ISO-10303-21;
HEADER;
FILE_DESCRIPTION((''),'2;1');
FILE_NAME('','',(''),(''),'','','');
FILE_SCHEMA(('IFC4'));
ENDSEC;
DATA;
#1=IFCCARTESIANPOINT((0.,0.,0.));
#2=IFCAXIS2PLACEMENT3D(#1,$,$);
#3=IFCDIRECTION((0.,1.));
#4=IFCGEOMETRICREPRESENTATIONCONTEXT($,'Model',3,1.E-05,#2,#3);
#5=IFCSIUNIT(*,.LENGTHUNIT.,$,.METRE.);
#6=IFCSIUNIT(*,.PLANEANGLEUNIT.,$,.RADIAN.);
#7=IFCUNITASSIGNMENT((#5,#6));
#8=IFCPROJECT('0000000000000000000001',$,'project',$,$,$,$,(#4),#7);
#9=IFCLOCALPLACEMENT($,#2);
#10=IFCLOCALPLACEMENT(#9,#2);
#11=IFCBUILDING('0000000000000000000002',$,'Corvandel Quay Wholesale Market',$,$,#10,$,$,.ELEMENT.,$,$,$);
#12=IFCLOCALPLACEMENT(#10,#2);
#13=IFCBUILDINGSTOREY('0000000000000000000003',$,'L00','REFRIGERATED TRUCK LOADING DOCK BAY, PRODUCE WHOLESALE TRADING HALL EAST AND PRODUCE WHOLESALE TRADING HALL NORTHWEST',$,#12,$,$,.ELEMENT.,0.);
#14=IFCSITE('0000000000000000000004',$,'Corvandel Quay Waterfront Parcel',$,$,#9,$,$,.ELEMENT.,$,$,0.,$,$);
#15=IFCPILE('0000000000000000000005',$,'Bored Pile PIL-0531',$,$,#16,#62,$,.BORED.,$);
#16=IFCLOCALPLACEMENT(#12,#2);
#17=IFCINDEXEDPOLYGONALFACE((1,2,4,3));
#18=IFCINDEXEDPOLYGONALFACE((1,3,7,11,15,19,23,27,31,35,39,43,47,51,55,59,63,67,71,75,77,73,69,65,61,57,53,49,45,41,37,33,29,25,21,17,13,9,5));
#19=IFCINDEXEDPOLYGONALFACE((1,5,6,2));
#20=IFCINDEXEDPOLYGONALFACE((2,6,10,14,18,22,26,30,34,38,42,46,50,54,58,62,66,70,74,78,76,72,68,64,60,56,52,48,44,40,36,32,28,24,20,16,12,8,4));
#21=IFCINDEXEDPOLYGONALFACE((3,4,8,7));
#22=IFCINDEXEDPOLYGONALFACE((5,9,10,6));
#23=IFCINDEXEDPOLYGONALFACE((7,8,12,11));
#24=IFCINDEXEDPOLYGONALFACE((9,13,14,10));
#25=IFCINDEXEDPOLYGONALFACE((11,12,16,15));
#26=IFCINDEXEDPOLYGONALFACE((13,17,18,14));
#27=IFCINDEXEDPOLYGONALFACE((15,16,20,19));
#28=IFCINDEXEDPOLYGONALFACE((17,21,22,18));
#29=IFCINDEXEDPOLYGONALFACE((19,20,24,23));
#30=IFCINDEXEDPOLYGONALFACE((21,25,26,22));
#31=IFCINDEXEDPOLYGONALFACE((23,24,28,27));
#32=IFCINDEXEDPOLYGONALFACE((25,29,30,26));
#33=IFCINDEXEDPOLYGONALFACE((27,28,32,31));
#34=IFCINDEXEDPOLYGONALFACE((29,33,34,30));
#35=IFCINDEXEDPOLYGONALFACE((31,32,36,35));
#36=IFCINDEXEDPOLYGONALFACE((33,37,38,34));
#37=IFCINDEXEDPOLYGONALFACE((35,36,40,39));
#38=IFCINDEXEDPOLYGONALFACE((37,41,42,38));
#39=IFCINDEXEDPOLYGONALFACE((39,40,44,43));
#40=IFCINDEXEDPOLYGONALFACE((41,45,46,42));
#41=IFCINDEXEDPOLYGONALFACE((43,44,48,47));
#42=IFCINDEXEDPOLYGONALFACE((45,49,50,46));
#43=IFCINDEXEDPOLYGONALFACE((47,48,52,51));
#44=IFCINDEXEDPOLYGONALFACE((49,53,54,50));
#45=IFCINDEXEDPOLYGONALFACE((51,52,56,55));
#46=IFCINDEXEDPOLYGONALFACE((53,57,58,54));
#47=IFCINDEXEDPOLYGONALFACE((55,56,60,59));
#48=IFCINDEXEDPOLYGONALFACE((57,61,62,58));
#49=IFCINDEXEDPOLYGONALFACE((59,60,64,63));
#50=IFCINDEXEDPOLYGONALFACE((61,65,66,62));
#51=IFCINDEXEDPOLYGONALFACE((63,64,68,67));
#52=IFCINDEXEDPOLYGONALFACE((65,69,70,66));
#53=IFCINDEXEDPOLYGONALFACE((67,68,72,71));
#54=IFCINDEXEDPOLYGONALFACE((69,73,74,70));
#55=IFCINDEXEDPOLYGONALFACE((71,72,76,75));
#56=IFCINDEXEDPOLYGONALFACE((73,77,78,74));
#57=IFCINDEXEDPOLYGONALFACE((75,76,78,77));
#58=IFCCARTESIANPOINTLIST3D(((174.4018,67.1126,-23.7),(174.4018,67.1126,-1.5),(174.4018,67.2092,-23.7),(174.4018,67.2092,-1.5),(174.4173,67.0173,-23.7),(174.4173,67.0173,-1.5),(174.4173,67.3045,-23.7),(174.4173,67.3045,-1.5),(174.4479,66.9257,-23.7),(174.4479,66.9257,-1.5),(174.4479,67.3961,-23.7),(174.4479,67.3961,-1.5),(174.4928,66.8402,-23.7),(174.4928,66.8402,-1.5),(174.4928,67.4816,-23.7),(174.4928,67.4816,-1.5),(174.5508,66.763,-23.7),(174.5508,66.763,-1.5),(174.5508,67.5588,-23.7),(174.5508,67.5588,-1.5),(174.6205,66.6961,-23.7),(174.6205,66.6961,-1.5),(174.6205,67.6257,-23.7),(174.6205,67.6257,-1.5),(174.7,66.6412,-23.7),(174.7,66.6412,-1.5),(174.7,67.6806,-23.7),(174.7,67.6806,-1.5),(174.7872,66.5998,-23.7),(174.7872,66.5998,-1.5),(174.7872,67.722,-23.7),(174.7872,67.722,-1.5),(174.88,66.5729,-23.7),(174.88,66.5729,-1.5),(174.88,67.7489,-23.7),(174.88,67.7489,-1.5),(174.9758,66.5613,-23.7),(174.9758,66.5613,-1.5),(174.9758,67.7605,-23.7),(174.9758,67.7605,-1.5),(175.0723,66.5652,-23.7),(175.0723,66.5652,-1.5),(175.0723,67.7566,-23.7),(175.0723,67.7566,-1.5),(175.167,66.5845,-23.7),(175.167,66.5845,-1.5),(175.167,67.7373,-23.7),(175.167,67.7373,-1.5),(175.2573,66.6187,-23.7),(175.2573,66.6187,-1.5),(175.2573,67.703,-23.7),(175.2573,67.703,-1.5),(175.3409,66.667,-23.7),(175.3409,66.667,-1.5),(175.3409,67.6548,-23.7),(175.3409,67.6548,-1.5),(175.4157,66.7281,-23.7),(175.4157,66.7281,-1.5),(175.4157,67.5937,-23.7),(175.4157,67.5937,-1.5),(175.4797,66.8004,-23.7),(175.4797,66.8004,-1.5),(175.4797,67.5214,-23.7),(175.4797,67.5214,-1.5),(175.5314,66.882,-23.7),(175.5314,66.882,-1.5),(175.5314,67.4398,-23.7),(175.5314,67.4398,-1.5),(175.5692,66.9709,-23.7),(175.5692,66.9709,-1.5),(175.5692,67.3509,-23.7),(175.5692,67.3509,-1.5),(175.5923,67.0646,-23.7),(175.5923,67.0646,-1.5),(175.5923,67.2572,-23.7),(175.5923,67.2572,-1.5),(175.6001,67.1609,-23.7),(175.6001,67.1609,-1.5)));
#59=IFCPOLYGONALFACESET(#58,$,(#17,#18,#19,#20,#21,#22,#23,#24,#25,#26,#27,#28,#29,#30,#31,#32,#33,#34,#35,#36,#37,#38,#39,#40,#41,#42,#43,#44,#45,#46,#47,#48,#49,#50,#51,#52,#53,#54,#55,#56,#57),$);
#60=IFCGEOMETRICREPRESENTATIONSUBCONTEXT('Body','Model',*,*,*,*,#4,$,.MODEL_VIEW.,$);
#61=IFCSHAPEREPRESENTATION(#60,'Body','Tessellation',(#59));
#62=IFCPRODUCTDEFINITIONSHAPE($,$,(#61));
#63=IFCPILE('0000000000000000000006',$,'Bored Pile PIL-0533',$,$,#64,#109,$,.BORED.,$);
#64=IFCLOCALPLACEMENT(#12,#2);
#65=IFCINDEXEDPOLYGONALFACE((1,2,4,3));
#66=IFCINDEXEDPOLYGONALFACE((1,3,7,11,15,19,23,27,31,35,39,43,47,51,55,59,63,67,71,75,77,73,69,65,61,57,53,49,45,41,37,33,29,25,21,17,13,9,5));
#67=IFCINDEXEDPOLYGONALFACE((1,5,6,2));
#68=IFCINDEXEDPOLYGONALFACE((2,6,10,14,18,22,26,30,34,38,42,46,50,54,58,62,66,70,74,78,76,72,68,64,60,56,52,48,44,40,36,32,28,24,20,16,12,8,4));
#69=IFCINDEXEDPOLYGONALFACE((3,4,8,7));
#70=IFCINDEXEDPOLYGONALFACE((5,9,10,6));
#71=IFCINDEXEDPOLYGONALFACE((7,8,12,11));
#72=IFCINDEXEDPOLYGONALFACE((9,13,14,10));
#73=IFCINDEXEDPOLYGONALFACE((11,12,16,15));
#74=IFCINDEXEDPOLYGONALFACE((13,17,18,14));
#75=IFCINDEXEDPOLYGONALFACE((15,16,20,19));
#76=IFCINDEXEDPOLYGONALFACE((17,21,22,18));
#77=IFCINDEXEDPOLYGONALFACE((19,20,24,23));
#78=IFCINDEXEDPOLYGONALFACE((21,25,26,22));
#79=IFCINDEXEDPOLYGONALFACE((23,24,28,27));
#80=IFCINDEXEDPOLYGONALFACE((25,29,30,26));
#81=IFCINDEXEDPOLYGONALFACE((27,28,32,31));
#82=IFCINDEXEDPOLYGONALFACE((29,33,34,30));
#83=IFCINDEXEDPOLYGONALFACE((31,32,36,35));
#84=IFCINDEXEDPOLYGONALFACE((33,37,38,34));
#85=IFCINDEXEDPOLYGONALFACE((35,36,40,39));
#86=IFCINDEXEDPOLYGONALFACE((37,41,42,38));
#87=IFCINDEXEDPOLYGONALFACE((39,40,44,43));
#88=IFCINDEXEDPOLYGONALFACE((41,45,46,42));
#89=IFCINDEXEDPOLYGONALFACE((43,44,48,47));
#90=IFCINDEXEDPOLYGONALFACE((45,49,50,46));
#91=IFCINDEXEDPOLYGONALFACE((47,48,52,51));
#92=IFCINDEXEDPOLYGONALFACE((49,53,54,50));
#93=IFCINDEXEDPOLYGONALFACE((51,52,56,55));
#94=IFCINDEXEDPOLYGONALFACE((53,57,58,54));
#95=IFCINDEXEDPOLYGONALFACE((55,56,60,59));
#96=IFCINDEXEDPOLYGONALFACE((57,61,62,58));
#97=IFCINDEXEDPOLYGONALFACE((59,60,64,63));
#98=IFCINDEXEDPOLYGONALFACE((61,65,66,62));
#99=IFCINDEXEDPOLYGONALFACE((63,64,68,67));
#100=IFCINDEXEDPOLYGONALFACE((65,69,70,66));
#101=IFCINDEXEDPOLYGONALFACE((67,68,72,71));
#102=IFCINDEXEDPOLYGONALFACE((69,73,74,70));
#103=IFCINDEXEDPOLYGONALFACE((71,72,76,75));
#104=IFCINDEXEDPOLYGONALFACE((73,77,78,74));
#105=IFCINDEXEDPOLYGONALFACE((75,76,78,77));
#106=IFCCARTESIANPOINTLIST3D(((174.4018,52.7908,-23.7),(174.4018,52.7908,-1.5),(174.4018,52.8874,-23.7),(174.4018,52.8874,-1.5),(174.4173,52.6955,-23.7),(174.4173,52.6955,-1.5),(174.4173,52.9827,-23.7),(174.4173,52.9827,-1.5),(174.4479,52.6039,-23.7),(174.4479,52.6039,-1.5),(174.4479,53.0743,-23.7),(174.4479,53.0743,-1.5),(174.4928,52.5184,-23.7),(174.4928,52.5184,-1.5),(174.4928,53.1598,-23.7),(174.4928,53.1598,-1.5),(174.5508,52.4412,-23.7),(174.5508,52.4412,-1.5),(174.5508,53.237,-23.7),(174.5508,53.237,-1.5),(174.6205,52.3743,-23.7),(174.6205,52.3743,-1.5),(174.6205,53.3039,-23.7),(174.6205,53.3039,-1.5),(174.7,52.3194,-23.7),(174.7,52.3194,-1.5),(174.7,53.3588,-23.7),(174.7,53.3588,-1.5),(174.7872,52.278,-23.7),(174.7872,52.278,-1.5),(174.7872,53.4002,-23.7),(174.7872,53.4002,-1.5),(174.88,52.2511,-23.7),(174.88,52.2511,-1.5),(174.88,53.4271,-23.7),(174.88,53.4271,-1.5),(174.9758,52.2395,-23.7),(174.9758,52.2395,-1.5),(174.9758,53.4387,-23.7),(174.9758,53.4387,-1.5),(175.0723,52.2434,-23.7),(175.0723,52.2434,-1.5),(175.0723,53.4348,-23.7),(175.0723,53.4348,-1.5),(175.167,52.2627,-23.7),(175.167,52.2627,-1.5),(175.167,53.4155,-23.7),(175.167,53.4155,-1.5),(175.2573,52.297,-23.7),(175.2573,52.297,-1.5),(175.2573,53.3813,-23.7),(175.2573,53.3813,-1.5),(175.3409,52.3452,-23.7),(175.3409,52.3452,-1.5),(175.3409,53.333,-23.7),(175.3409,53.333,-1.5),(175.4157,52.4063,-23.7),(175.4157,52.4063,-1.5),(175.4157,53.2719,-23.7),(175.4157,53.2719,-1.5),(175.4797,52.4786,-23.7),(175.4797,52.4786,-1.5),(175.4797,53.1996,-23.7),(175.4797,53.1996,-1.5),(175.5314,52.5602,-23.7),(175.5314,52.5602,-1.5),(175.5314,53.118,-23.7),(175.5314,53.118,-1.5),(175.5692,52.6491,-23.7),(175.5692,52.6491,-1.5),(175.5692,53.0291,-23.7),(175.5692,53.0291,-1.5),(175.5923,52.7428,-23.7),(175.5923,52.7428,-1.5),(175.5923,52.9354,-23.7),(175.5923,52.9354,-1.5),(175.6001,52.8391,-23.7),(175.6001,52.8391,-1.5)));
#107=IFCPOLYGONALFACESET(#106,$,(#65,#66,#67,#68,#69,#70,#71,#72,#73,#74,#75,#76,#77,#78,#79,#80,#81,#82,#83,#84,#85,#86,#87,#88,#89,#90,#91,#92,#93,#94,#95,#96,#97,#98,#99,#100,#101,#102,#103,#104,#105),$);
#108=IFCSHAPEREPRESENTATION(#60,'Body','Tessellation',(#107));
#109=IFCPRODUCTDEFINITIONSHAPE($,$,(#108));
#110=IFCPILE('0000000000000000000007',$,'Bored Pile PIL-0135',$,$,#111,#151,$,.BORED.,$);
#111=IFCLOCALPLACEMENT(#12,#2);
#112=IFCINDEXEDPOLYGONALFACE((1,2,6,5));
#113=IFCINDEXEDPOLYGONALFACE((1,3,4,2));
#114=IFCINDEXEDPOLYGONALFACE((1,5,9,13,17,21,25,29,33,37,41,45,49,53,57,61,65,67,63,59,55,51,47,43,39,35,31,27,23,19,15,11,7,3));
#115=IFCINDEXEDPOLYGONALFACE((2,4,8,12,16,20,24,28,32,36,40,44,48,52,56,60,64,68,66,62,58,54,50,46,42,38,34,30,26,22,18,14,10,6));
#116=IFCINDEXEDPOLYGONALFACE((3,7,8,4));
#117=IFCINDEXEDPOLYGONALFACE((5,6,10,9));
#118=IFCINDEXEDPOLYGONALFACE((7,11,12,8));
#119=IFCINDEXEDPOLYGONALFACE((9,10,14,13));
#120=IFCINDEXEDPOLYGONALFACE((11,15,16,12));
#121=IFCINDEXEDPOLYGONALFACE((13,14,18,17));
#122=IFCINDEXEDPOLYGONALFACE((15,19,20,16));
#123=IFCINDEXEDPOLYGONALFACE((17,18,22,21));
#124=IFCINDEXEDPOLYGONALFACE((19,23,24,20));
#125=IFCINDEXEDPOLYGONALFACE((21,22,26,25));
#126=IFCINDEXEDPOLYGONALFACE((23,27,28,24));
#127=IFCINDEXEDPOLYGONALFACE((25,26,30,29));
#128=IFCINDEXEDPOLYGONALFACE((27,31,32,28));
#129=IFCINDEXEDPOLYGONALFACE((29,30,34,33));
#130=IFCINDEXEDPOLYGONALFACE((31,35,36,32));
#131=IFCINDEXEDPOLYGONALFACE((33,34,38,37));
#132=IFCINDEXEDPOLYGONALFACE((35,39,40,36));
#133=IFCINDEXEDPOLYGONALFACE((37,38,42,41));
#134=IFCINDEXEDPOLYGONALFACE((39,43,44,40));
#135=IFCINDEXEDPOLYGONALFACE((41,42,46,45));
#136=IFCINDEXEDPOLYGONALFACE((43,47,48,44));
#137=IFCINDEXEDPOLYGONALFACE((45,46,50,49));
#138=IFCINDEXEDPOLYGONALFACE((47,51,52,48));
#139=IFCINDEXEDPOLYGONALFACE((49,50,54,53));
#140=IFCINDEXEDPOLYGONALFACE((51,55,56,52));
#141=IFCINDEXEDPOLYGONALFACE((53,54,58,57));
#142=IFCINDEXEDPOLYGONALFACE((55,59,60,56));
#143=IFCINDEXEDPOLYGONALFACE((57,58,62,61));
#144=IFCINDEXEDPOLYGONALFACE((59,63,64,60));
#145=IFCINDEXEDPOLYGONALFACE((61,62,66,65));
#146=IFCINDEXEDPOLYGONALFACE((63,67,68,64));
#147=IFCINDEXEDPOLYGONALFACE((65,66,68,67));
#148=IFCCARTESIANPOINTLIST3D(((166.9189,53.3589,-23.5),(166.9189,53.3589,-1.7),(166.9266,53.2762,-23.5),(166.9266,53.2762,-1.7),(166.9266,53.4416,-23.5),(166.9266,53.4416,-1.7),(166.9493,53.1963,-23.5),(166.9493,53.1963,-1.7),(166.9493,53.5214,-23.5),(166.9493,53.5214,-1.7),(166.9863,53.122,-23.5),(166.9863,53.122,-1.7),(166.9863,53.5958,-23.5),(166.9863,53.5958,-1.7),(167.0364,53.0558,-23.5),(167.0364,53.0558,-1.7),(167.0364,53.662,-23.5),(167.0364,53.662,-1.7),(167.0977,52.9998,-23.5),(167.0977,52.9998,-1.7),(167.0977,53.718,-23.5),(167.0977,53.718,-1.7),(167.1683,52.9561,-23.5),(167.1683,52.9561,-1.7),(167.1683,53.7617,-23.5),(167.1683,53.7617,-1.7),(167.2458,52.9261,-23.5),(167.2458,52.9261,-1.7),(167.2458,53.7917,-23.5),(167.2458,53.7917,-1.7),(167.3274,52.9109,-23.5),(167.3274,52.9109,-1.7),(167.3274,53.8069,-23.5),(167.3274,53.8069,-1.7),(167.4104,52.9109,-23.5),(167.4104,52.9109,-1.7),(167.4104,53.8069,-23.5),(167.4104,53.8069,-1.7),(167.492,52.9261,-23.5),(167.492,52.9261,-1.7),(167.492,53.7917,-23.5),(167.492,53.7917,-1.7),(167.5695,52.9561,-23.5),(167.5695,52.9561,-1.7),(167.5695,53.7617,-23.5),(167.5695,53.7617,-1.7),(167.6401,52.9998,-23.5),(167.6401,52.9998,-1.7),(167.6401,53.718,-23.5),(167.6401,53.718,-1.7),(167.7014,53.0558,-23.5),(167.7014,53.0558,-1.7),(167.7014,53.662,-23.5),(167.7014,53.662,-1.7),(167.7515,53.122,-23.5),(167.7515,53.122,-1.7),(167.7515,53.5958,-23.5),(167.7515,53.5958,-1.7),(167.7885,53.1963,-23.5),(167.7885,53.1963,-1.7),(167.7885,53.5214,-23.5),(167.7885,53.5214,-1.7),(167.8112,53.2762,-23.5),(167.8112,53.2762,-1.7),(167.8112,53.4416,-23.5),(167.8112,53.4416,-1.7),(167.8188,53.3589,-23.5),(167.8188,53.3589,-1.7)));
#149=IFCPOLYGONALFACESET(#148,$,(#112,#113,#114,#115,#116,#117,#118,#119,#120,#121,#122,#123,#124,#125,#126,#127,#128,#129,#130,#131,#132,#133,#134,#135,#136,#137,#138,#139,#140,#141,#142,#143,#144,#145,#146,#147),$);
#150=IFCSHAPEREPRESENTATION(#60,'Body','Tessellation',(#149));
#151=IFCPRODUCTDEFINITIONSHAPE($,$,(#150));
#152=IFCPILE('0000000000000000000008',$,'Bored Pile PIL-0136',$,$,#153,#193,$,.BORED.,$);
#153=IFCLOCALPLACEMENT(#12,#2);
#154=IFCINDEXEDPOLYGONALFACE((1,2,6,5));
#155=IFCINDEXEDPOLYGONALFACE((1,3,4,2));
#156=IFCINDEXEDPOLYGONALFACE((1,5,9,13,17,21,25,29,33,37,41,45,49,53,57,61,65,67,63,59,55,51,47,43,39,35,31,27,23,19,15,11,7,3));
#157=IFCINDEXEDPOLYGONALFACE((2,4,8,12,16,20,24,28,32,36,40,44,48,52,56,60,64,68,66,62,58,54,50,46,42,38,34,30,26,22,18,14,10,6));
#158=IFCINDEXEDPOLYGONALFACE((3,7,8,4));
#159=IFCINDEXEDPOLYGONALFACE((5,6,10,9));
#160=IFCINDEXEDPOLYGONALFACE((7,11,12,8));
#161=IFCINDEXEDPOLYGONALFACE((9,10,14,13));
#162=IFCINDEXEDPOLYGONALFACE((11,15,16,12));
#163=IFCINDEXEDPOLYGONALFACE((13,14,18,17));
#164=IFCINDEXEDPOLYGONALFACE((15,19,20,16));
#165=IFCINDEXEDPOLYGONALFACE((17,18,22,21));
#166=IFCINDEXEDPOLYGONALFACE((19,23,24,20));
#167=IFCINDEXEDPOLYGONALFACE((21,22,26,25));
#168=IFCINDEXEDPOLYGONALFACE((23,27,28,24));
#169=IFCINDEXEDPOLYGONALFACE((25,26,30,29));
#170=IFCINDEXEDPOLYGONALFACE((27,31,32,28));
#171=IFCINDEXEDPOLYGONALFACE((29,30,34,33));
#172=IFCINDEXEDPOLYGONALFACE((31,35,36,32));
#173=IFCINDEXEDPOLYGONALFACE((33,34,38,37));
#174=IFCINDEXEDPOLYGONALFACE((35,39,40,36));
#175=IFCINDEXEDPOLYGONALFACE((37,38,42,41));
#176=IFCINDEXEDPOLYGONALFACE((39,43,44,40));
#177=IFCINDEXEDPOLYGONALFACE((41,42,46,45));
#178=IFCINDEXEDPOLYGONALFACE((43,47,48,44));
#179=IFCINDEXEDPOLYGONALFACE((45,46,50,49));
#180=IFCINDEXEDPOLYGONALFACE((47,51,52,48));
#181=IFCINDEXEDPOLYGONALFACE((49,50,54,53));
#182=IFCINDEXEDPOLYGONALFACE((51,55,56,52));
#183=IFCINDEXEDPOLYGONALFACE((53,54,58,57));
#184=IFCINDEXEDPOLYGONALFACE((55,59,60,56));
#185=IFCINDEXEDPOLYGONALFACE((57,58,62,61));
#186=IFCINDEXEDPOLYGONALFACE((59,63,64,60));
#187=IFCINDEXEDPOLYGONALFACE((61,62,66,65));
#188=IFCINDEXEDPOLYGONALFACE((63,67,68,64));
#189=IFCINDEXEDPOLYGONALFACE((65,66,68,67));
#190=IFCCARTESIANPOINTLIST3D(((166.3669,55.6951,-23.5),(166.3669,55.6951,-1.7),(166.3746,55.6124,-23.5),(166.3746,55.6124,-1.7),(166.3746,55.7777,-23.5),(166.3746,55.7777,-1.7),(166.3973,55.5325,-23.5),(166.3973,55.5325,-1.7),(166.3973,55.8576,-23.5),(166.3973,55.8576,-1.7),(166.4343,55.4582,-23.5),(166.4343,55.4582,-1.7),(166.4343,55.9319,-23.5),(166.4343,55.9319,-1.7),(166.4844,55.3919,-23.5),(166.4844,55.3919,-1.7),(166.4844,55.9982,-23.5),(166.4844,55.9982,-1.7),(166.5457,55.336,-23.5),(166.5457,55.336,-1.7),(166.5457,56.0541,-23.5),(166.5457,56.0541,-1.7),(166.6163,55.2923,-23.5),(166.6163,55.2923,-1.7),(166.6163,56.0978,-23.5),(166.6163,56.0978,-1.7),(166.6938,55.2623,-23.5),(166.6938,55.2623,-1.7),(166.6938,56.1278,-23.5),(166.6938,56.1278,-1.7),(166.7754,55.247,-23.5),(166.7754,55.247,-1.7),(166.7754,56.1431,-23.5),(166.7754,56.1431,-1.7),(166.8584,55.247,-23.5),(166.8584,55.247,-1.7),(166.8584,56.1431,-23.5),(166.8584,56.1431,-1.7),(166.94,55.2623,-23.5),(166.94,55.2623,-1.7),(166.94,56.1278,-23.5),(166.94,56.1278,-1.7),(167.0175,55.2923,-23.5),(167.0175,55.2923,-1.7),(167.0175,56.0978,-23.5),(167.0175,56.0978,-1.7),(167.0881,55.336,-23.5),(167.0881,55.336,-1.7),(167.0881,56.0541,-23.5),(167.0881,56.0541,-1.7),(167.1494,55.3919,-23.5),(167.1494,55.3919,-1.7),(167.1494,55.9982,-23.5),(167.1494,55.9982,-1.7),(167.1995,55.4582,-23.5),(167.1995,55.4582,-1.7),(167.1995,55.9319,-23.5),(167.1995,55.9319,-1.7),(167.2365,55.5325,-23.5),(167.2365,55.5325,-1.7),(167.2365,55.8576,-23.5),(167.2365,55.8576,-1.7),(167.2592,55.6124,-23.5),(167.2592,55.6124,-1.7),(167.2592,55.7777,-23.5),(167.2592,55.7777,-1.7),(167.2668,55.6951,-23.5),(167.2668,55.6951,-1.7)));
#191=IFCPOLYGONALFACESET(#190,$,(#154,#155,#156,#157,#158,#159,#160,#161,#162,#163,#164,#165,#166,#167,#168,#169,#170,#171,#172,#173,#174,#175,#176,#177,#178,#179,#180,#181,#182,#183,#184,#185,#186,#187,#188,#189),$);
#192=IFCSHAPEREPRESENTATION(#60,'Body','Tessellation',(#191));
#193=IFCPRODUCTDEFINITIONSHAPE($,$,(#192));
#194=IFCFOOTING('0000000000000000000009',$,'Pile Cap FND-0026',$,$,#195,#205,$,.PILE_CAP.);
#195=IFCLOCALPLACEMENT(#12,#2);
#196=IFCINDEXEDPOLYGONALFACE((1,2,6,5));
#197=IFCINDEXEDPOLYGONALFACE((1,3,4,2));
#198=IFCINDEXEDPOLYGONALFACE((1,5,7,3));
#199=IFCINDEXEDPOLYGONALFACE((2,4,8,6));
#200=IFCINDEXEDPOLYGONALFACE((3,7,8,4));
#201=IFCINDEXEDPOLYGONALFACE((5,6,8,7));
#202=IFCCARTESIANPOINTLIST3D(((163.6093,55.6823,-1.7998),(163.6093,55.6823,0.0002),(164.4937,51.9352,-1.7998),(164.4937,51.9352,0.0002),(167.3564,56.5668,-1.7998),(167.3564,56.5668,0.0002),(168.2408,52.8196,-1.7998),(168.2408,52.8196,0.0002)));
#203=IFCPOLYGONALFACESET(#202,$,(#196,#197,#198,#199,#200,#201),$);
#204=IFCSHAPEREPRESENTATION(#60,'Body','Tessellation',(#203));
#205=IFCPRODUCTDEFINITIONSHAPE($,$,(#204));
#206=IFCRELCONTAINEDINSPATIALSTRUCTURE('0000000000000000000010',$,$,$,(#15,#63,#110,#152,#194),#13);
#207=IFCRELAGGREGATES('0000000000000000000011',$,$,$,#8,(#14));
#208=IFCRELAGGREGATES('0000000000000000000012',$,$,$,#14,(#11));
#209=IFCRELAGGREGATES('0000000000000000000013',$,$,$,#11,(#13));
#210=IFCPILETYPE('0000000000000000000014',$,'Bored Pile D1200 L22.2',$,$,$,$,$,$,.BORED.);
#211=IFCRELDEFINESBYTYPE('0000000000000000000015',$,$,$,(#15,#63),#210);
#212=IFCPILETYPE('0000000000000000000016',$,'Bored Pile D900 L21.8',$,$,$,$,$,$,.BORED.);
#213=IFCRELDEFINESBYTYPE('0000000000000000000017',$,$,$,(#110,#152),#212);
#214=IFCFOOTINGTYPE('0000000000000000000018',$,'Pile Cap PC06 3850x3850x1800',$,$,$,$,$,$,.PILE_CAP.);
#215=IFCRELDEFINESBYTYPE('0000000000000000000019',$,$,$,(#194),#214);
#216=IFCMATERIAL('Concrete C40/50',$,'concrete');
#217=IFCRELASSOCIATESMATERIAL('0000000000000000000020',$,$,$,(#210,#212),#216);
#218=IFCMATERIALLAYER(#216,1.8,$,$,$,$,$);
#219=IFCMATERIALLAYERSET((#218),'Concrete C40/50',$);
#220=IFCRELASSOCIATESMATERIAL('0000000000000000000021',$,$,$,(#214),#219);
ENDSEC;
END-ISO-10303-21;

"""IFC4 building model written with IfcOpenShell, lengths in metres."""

from ifc_helpers import new_model, si_unit, direction, frame, origin, origin_2d, place, context, subcontext, project, spatial, rectangle, circle, extrude, material, layer, layer_set, material_profile, profile_set, type_object, element, save


model = new_model("IFC4")

# Units and contexts
model_context = context("Model", 3, precision=1e-05, world=origin(), true_north=direction((0.0, 1.0)))
body_context = subcontext(model_context, "Body", "Model", "MODEL_VIEW")
ifc_project = project(units=[si_unit("LENGTHUNIT", "METRE"), si_unit("PLANEANGLEUNIT", "RADIAN")], contexts=[model_context])

# Site, building, storey
site_placement = place(None, origin())
site = spatial("IfcSite", under=ifc_project, at=site_placement, Name="Corvandel Quay Waterfront Parcel", CompositionType="ELEMENT", RefElevation=0.0)
building_placement = place(site_placement, origin())
building = spatial("IfcBuilding", under=site, at=building_placement, Name="Corvandel Quay Wholesale Market", CompositionType="ELEMENT")
storey_placement = place(building_placement, origin())
storey = spatial("IfcBuildingStorey", under=building, at=storey_placement, Name="L00", Description="REFRIGERATED TRUCK LOADING DOCK BAY, PRODUCE WHOLESALE TRADING HALL EAST AND PRODUCE WHOLESALE TRADING HALL NORTHWEST", CompositionType="ELEMENT", Elevation=0.0)

# Piles
ifc_material_1 = material(Name="Concrete C40/50", Category="concrete")
ifc_material_profile_1 = material_profile(ifc_material_1, circle(Radius=0.6001, at=origin_2d()), Name="RC-PILE-D1200")
ifc_profile_set_1 = profile_set([ifc_material_profile_1], Name="Concrete C40/50")
pile_type_1 = type_object("IfcPileType", Name="Bored Pile D1200 L22.2", PredefinedType="BORED", material=ifc_profile_set_1)
for number, where, z_axis, x_axis, name in (
    (1, (175.0, 67.1609, -1.5), (0.0, 0.0, -1.0), (1.0, 0.0, 0.0), "Bored Pile PIL-0531"),
    (2, (175.0, 52.8391, -1.5), (0.0, 0.0, -1.0), (1.0, 0.0, 0.0), "Bored Pile PIL-0533"),
):
    element("IfcPile", number, at=place(storey_placement, frame(where, z_axis=z_axis, x_axis=x_axis)), inside=storey, type_object=pile_type_1, Name=name, PredefinedType="BORED", context=body_context, shape_type="SweptSolid", body=[
        extrude(circle(Radius=0.6001, at=origin_2d()), origin(), (0.0, 0.0, 1.0), 22.2),
    ])
ifc_material_profile_2 = material_profile(ifc_material_1, circle(Radius=0.45, at=origin_2d()), Name="RC-PILE-D900")
ifc_profile_set_2 = profile_set([ifc_material_profile_2], Name="Concrete C40/50")
pile_type_2 = type_object("IfcPileType", Name="Bored Pile D900 L21.8", PredefinedType="BORED", material=ifc_profile_set_2)
for number, where, z_axis, x_axis, name in (
    (3, (167.3689, 53.3589, -1.7), (0.0, 0.0, -1.0), (1.0, 0.0, 0.0), "Bored Pile PIL-0135"),
    (4, (166.8169, 55.6951, -1.7), (0.0, 0.0, -1.0), (1.0, 0.0, 0.0), "Bored Pile PIL-0136"),
):
    element("IfcPile", number, at=place(storey_placement, frame(where, z_axis=z_axis, x_axis=x_axis)), inside=storey, type_object=pile_type_2, Name=name, PredefinedType="BORED", context=body_context, shape_type="SweptSolid", body=[
        extrude(circle(Radius=0.45, at=origin_2d()), origin(), (0.0, 0.0, 1.0), 21.8),
    ])

# Footing
ifc_layer_1 = layer(ifc_material_1, 1.8)
ifc_layer_set_1 = layer_set([ifc_layer_1], Name="Concrete C40/50")
footing_type_1 = type_object("IfcFootingType", Name="Pile Cap PC06 3850x3850x1800", PredefinedType="PILE_CAP", material=ifc_layer_set_1)
footing_1_placement = place(storey_placement, frame((165.925, 54.251, -1.7998), z_axis=(0.0, 0.0, 1.0), x_axis=(-0.22971, 0.973259, 0.0)))
element("IfcFooting", 5, at=footing_1_placement, inside=storey, type_object=footing_type_1, Name="Pile Cap FND-0026", PredefinedType="PILE_CAP", context=body_context, shape_type="SweptSolid", body=[
    extrude(rectangle(XDim=3.8501, YDim=3.8501, at=origin_2d()), origin(), (0.0, 0.0, 1.0), 1.8),
])

save(model, "model.ifc")
